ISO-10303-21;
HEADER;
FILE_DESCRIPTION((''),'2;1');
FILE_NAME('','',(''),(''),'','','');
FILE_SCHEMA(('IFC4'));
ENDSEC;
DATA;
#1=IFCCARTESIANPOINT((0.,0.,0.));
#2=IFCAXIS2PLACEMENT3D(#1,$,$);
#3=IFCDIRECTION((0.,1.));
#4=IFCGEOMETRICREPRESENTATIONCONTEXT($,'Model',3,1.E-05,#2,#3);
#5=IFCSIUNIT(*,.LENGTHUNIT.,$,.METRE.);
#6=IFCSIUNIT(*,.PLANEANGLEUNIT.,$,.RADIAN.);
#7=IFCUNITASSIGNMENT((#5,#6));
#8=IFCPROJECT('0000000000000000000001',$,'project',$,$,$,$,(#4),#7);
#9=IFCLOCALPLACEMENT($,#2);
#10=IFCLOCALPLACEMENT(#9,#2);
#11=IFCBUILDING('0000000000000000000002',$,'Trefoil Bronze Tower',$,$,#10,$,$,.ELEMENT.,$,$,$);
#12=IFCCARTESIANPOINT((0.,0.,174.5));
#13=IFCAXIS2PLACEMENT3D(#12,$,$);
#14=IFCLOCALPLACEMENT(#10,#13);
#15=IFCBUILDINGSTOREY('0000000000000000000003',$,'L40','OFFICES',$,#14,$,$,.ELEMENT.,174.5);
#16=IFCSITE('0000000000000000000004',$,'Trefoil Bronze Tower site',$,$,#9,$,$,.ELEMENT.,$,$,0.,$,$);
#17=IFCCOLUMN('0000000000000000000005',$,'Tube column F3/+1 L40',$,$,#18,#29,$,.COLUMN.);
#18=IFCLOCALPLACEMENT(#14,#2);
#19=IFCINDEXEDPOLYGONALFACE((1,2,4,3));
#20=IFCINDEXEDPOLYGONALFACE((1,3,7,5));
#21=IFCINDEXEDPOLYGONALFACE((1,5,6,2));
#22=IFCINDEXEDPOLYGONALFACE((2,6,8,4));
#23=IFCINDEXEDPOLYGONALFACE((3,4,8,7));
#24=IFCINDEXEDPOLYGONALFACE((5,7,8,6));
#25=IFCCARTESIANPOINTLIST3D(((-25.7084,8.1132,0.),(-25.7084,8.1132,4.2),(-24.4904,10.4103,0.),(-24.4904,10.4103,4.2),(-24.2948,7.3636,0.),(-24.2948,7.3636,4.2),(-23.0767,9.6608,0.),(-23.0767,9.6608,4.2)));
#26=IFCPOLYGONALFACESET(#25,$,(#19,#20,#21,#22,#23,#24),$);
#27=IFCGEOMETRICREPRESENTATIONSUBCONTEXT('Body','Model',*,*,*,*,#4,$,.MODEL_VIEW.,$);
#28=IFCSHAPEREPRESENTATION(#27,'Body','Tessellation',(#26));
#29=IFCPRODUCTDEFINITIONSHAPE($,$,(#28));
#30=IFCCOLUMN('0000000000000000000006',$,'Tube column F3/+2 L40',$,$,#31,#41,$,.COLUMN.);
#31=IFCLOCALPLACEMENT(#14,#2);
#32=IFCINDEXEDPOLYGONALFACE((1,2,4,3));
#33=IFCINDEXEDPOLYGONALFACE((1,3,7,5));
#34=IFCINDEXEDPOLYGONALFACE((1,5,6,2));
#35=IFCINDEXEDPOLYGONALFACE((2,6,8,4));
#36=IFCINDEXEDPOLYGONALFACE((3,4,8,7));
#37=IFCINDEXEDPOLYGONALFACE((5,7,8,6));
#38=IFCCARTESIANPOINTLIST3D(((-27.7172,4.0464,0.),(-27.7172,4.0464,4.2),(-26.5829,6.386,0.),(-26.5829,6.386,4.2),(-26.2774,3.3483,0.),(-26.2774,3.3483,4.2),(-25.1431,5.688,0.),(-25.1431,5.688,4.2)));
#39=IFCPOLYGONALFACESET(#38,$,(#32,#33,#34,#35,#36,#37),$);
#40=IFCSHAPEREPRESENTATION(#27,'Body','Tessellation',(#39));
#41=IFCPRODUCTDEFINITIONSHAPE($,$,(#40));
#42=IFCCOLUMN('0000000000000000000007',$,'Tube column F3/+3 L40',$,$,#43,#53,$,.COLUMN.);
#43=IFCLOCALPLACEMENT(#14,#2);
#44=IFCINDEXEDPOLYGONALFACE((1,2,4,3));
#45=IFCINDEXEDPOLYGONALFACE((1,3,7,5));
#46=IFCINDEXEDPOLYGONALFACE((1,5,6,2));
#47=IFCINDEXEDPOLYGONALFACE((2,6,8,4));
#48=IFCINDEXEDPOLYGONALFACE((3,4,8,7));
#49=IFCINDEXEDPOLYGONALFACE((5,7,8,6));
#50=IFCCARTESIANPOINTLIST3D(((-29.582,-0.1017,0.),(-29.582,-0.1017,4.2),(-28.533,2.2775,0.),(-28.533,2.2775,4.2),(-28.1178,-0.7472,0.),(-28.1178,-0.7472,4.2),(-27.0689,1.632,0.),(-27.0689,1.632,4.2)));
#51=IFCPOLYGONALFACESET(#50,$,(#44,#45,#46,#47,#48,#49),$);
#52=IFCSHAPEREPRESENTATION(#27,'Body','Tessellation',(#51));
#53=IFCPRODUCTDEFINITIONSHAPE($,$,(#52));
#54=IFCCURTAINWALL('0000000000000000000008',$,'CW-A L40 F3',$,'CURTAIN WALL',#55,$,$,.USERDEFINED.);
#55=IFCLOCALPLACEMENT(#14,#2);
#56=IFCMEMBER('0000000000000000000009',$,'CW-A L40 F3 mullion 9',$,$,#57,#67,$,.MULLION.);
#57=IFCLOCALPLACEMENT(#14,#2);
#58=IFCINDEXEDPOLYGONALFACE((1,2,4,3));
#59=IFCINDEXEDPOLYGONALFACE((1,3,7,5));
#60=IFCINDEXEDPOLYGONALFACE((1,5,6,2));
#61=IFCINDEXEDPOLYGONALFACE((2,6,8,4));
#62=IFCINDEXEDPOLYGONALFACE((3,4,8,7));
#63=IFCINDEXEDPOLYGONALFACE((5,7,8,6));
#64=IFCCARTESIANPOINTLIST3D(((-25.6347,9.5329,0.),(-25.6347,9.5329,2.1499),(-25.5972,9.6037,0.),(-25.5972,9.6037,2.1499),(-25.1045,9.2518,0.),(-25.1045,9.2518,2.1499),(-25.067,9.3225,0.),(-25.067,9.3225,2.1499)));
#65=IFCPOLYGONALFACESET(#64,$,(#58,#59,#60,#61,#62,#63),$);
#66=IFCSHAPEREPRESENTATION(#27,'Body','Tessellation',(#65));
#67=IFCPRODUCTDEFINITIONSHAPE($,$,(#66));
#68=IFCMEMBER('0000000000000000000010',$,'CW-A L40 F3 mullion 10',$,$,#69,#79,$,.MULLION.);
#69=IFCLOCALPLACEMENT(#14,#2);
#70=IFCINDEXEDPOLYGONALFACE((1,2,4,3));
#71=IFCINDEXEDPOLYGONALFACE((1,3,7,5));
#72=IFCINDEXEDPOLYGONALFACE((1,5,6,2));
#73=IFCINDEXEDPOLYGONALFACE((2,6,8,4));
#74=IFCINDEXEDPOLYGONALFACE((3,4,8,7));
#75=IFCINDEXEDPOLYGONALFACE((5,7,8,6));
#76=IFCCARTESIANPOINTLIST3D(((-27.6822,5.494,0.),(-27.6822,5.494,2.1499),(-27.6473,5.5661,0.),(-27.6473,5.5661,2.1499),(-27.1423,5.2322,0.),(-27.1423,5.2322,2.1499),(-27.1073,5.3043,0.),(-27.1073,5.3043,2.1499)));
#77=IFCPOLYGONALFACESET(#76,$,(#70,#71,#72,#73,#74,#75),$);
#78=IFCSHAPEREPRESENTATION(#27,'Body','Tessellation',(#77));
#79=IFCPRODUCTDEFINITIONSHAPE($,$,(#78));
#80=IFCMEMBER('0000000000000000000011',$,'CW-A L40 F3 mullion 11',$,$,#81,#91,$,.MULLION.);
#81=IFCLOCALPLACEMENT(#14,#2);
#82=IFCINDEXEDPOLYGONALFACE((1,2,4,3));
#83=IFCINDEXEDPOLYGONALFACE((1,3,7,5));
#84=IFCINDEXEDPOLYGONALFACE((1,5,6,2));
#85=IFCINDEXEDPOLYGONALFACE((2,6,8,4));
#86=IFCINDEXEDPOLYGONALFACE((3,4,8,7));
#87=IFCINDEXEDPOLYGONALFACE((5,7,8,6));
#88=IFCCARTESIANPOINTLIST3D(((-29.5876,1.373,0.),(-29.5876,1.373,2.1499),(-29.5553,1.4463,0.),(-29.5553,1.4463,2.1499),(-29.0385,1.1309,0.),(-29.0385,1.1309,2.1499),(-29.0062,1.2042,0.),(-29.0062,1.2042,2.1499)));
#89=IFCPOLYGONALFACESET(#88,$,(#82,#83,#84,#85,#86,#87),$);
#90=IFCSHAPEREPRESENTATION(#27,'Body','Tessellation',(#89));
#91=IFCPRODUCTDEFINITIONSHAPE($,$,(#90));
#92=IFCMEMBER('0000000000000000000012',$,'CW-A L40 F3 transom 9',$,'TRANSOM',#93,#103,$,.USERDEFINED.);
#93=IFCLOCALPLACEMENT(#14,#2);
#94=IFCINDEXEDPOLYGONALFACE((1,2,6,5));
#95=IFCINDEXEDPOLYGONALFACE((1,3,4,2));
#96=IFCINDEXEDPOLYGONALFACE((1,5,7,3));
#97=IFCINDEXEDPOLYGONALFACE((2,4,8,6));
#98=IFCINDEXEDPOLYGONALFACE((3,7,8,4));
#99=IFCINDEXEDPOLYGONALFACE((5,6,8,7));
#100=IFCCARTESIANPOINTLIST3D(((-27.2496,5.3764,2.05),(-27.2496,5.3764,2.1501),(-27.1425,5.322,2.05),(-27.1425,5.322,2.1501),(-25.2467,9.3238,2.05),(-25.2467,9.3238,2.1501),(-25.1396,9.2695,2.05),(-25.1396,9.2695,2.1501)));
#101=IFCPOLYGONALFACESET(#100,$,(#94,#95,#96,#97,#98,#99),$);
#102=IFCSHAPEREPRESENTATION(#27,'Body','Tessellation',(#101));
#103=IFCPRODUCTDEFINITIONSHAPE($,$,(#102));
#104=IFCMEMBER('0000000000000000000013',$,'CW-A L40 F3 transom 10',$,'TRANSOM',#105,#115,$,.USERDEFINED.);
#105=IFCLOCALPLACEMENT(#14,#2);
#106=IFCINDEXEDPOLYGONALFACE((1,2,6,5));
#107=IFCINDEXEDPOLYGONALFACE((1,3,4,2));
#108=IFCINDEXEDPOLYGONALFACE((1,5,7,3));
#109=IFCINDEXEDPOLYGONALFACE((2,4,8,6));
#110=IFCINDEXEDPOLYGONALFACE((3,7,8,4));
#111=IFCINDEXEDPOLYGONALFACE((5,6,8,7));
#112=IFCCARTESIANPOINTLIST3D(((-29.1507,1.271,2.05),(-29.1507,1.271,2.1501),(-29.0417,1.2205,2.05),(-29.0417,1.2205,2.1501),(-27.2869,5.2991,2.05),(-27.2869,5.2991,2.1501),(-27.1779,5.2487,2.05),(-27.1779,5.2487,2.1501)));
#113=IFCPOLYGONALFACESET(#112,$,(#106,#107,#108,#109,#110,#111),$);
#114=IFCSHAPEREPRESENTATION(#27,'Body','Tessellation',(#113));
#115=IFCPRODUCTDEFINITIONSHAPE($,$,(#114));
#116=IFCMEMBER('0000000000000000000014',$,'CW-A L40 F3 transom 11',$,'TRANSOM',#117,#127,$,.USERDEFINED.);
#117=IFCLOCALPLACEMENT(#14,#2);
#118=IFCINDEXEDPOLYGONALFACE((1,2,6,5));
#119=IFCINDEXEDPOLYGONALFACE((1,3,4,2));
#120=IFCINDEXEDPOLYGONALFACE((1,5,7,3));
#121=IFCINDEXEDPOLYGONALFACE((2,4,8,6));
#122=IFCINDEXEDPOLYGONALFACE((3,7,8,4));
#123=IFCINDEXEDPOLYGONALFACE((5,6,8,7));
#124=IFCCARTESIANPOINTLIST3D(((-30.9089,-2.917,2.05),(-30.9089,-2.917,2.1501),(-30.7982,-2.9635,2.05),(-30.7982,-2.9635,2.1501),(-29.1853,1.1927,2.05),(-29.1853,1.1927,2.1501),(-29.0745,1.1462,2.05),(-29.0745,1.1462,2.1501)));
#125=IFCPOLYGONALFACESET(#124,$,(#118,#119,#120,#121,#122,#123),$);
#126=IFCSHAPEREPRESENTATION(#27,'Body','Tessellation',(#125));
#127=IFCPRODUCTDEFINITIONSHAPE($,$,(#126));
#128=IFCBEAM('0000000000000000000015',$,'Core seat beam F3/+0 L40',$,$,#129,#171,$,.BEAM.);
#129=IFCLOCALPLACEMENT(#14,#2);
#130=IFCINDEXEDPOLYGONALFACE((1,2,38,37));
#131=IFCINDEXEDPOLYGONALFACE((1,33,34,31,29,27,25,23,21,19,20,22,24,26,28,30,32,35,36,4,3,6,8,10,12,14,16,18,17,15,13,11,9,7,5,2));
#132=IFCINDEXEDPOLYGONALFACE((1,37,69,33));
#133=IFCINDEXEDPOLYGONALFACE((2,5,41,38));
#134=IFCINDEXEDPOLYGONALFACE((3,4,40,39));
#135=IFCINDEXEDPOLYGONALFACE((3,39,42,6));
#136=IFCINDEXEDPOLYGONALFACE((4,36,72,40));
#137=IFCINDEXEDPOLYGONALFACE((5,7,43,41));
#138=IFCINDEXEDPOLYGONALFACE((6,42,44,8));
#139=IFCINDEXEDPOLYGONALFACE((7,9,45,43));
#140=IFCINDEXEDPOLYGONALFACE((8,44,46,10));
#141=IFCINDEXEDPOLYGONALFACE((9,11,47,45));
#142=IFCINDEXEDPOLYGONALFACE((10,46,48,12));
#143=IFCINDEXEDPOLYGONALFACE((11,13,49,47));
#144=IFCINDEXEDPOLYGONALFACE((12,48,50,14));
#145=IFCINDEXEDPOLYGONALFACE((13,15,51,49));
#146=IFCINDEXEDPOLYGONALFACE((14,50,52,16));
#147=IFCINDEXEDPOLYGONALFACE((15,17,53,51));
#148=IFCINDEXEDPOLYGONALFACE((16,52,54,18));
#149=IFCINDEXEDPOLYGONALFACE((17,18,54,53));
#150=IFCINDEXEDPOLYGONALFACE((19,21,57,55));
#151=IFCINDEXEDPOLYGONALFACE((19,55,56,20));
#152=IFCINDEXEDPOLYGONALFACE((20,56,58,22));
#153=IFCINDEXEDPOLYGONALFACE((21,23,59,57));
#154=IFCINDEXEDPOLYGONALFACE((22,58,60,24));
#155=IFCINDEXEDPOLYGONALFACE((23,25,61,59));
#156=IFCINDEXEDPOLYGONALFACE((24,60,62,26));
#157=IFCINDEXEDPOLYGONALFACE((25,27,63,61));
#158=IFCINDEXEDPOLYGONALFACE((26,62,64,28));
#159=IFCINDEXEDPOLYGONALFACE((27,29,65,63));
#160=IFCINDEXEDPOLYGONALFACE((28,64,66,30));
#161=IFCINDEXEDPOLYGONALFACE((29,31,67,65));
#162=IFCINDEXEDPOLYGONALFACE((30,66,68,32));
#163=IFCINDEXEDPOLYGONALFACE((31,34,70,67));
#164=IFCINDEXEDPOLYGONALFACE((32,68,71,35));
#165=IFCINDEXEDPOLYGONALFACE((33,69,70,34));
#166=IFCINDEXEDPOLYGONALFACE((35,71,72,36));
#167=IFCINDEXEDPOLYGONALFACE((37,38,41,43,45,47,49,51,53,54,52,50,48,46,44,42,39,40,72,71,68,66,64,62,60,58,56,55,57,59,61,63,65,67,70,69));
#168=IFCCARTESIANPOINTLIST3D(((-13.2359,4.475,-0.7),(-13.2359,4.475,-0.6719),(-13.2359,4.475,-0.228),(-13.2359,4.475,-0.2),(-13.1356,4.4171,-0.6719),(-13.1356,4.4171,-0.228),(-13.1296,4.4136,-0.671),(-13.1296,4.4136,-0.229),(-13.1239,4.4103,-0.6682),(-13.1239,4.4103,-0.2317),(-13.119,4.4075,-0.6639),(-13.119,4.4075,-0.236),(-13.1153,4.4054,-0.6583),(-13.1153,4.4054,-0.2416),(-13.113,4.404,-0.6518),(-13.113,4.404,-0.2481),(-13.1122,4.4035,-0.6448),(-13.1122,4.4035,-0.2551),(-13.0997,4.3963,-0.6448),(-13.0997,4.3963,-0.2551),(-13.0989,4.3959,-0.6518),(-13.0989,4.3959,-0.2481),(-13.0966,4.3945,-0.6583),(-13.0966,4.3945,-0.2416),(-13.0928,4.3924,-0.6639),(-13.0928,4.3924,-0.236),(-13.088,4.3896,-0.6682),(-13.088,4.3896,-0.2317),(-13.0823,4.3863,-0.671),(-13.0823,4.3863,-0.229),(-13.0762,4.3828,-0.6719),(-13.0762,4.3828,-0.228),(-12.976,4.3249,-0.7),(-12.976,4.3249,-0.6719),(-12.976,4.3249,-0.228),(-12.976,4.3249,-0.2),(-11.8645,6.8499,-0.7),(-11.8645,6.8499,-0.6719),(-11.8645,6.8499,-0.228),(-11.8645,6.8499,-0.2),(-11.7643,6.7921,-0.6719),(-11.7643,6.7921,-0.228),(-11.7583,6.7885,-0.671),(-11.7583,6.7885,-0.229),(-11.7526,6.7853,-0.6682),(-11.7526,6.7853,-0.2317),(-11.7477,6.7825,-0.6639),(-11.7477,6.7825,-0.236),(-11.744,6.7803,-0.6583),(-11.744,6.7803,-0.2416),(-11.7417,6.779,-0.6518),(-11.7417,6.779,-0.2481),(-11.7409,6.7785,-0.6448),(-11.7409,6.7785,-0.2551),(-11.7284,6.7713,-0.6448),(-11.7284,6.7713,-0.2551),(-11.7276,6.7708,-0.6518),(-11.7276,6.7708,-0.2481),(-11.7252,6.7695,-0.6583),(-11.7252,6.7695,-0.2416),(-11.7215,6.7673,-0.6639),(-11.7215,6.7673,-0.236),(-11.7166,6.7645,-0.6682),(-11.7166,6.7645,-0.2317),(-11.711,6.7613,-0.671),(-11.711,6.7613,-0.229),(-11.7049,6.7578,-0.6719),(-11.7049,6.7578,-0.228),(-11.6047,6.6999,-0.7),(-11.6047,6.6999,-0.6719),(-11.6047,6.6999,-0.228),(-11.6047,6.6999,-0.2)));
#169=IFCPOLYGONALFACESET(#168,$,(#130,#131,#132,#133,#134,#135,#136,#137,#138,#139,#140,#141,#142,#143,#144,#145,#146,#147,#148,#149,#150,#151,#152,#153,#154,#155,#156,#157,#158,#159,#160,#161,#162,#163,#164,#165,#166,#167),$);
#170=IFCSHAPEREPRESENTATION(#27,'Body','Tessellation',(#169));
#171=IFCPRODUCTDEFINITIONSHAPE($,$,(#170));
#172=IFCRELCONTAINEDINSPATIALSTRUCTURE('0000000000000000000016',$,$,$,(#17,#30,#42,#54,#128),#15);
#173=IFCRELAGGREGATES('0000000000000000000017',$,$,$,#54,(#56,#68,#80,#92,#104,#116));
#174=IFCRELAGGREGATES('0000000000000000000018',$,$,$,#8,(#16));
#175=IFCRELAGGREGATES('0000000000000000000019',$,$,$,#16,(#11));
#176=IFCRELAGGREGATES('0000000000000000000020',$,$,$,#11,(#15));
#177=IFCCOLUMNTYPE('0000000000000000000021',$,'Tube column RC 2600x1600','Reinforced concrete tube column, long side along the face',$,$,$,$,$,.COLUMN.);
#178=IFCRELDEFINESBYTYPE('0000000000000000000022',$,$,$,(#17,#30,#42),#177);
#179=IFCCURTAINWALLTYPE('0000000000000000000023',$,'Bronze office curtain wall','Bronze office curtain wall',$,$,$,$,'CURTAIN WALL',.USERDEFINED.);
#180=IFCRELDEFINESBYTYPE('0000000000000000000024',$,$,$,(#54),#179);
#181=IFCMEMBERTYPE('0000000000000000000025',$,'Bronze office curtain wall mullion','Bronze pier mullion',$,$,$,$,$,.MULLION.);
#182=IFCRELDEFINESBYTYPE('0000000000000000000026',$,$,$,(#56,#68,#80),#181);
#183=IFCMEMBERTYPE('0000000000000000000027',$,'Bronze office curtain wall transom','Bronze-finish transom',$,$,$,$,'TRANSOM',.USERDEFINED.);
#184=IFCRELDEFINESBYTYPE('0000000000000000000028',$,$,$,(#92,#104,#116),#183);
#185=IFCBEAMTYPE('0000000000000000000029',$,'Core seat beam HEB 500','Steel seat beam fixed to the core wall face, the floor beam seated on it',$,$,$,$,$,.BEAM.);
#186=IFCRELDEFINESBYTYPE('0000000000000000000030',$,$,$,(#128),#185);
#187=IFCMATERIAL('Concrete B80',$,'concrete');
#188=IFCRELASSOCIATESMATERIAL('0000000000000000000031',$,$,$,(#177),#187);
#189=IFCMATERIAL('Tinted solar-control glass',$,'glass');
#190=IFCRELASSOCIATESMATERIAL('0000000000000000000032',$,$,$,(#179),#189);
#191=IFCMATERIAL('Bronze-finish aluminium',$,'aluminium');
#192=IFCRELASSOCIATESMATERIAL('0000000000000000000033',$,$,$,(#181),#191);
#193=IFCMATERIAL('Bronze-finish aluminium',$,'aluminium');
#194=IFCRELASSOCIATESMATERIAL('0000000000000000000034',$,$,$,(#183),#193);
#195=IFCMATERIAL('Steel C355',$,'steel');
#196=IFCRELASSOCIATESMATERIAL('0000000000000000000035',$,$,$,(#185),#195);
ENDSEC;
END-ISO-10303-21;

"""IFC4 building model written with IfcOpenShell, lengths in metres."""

from ifc_helpers import new_model, si_unit, direction, frame, origin, origin_2d, place, context, subcontext, project, spatial, rectangle, i_section, extrude, material, material_profile, profile_set, type_object, element, aggregate, save


model = new_model("IFC4")

# Units and contexts
model_context = context("Model", 3, precision=1e-05, world=origin(), true_north=direction((0.0, 1.0)))
body_context = subcontext(model_context, "Body", "Model", "MODEL_VIEW")
ifc_project = project(units=[si_unit("LENGTHUNIT", "METRE"), si_unit("PLANEANGLEUNIT", "RADIAN")], contexts=[model_context])

# Site, building, storey
site_placement = place(None, origin())
site = spatial("IfcSite", under=ifc_project, at=site_placement, Name="Trefoil Bronze Tower site", CompositionType="ELEMENT", RefElevation=0.0)
building_placement = place(site_placement, origin())
building = spatial("IfcBuilding", under=site, at=building_placement, Name="Trefoil Bronze Tower", CompositionType="ELEMENT")
storey_placement = place(building_placement, frame((0.0, 0.0, 174.5)))
storey = spatial("IfcBuildingStorey", under=building, at=storey_placement, Name="L40", Description="OFFICES", CompositionType="ELEMENT", Elevation=174.5)

# Columns
ifc_material_1 = material(Name="Concrete B80", Category="concrete")
ifc_material_profile_1 = material_profile(ifc_material_1, rectangle(XDim=2.6001, YDim=1.6001, at=origin_2d()), Name="RC 2600x1600")
ifc_profile_set_1 = profile_set([ifc_material_profile_1], Name="Concrete B80")
column_type = type_object("IfcColumnType", Name="Tube column RC 2600x1600", Description="Reinforced concrete tube column, long side along the face", PredefinedType="COLUMN", material=ifc_profile_set_1)
for number, where, z_axis, x_axis, name in (
    (1, (-24.3926, 8.887, 0.0), (0.0, 0.0, 1.0), (-0.468457, -0.883486, 0.0), "Tube column F3/+1 L40"),
    (2, (-26.4302, 4.8672, 0.0), (0.0, 0.0, 1.0), (-0.436262, -0.89982, 0.0), "Tube column F3/+2 L40"),
    (3, (-28.3254, 0.7651, 0.0), (0.0, 0.0, 1.0), (-0.403412, -0.915018, 0.0), "Tube column F3/+3 L40"),
):
    element("IfcColumn", number, at=place(storey_placement, frame(where, z_axis=z_axis, x_axis=x_axis)), inside=storey, type_object=column_type, Name=name, PredefinedType="COLUMN", context=body_context, shape_type="SweptSolid", body=[
        extrude(rectangle(XDim=2.6001, YDim=1.6001, at=origin_2d()), origin(), (0.0, 0.0, 1.0), 4.2),
    ])

# Curtain wall, members
ifc_material_2 = material(Name="Tinted solar-control glass", Category="glass")
curtain_wall_type = type_object("IfcCurtainWallType", Name="Bronze office curtain wall", Description="Bronze office curtain wall", ElementType="CURTAIN WALL", PredefinedType="USERDEFINED", material=ifc_material_2)
curtain_wall_placement = place(storey_placement, origin())
curtain_wall = element("IfcCurtainWall", 4, at=curtain_wall_placement, inside=storey, type_object=curtain_wall_type, Name="CW-A L40 F3", ObjectType="CURTAIN WALL", PredefinedType="USERDEFINED")
ifc_material_3 = material(Name="Bronze-finish aluminium", Category="aluminium")
ifc_material_profile_2 = material_profile(ifc_material_3, rectangle(XDim=0.6001, YDim=0.0801, at=origin_2d()), Name="CW-A mullion")
ifc_profile_set_2 = profile_set([ifc_material_profile_2], Name="Bronze-finish aluminium")
member_type_1 = type_object("IfcMemberType", Name="Bronze office curtain wall mullion", Description="Bronze pier mullion", PredefinedType="MULLION", material=ifc_profile_set_2)
member_1_placement = place(storey_placement, frame((-25.3508, 9.4277, 0.0), z_axis=(0.0, 0.0, 1.0), x_axis=(0.883486, -0.468457, 0.0)))
member_1 = element("IfcMember", 5, at=member_1_placement, type_object=member_type_1, Name="CW-A L40 F3 mullion 9", PredefinedType="MULLION", context=body_context, shape_type="SweptSolid", body=[
    extrude(rectangle(XDim=0.6001, YDim=0.0801, at=origin_2d()), origin(), (0.0, 0.0, 1.0), 2.1499),
])
member_2_placement = place(storey_placement, frame((-27.3948, 5.3992, 0.0), z_axis=(0.0, 0.0, 1.0), x_axis=(0.89982, -0.436262, 0.0)))
member_2 = element("IfcMember", 6, at=member_2_placement, type_object=member_type_1, Name="CW-A L40 F3 mullion 10", PredefinedType="MULLION", context=body_context, shape_type="SweptSolid", body=[
    extrude(rectangle(XDim=0.6001, YDim=0.0801, at=origin_2d()), origin(), (0.0, 0.0, 1.0), 2.1499),
])
member_3_placement = place(storey_placement, frame((-29.2969, 1.2886, 0.0), z_axis=(0.0, 0.0, 1.0), x_axis=(0.915018, -0.403412, 0.0)))
member_3 = element("IfcMember", 7, at=member_3_placement, type_object=member_type_1, Name="CW-A L40 F3 mullion 11", PredefinedType="MULLION", context=body_context, shape_type="SweptSolid", body=[
    extrude(rectangle(XDim=0.6001, YDim=0.0801, at=origin_2d()), origin(), (0.0, 0.0, 1.0), 2.1499),
])
ifc_material_4 = material(Name="Bronze-finish aluminium", Category="aluminium")
ifc_material_profile_3 = material_profile(ifc_material_4, rectangle(XDim=0.1201, YDim=0.1001, at=origin_2d()), Name="CW-A transom")
ifc_profile_set_3 = profile_set([ifc_material_profile_3], Name="Bronze-finish aluminium")
member_type_2 = type_object("IfcMemberType", Name="Bronze office curtain wall transom", Description="Bronze-finish transom", ElementType="TRANSOM", PredefinedType="USERDEFINED", material=ifc_profile_set_3)
member_4_placement = place(storey_placement, frame((-25.1931, 9.2966, 2.1001), z_axis=(-0.452478, -0.891775, 0.0), x_axis=(0.891775, -0.452478, 0.0)))
member_4 = element("IfcMember", 8, at=member_4_placement, type_object=member_type_2, Name="CW-A L40 F3 transom 9", ObjectType="TRANSOM", PredefinedType="USERDEFINED", context=body_context, shape_type="SweptSolid", body=[
    extrude(rectangle(XDim=0.1201, YDim=0.1001, at=origin_2d()), origin(), (0.0, 0.0, 1.0), 4.4265),
])
member_5_placement = place(storey_placement, frame((-27.2324, 5.2739, 2.1001), z_axis=(-0.419923, -0.90756, 0.0), x_axis=(0.90756, -0.419923, 0.0)))
member_5 = element("IfcMember", 9, at=member_5_placement, type_object=member_type_2, Name="CW-A L40 F3 transom 10", ObjectType="TRANSOM", PredefinedType="USERDEFINED", context=body_context, shape_type="SweptSolid", body=[
    extrude(rectangle(XDim=0.1201, YDim=0.1001, at=origin_2d()), origin(), (0.0, 0.0, 1.0), 4.4385),
])
member_6_placement = place(storey_placement, frame((-29.1299, 1.1694, 2.1001), z_axis=(-0.386773, -0.922175, 0.0), x_axis=(0.922175, -0.386773, 0.0)))
member_6 = element("IfcMember", 10, at=member_6_placement, type_object=member_type_2, Name="CW-A L40 F3 transom 11", ObjectType="TRANSOM", PredefinedType="USERDEFINED", context=body_context, shape_type="SweptSolid", body=[
    extrude(rectangle(XDim=0.1201, YDim=0.1001, at=origin_2d()), origin(), (0.0, 0.0, 1.0), 4.4565),
])

# Beam
ifc_material_5 = material(Name="Steel C355", Category="steel")
ifc_material_profile_4 = material_profile(ifc_material_5, i_section(OverallWidth=0.3, OverallDepth=0.5, WebThickness=0.0144, FlangeThickness=0.0281, FilletRadius=0.0271, at=origin_2d()), Name="HEB 500")
ifc_profile_set_4 = profile_set([ifc_material_profile_4], Name="Steel C355")
beam_type_1 = type_object("IfcBeamType", Name="Core seat beam HEB 500", Description="Steel seat beam fixed to the core wall face, the floor beam seated on it", PredefinedType="BEAM", material=ifc_profile_set_4)
for number, where, z_axis, x_axis, name in (
    (11, (-11.7346, 6.7749, -0.45), (-0.500036, -0.866005, 0.0), (0.866005, -0.500036, 0.0), "Core seat beam F3/+0 L40"),
):
    element("IfcBeam", number, at=place(storey_placement, frame(where, z_axis=z_axis, x_axis=x_axis)), inside=storey, type_object=beam_type_1, Name=name, PredefinedType="BEAM", context=body_context, shape_type="SweptSolid", body=[
        extrude(i_section(OverallWidth=0.3, OverallDepth=0.5, WebThickness=0.0144, FlangeThickness=0.0281, FilletRadius=0.0271, at=origin_2d()), origin(), (0.0, 0.0, 1.0), 2.7424),
    ])

aggregate(curtain_wall, [member_1, member_2, member_3, member_4, member_5, member_6])

save(model, "model.ifc")
